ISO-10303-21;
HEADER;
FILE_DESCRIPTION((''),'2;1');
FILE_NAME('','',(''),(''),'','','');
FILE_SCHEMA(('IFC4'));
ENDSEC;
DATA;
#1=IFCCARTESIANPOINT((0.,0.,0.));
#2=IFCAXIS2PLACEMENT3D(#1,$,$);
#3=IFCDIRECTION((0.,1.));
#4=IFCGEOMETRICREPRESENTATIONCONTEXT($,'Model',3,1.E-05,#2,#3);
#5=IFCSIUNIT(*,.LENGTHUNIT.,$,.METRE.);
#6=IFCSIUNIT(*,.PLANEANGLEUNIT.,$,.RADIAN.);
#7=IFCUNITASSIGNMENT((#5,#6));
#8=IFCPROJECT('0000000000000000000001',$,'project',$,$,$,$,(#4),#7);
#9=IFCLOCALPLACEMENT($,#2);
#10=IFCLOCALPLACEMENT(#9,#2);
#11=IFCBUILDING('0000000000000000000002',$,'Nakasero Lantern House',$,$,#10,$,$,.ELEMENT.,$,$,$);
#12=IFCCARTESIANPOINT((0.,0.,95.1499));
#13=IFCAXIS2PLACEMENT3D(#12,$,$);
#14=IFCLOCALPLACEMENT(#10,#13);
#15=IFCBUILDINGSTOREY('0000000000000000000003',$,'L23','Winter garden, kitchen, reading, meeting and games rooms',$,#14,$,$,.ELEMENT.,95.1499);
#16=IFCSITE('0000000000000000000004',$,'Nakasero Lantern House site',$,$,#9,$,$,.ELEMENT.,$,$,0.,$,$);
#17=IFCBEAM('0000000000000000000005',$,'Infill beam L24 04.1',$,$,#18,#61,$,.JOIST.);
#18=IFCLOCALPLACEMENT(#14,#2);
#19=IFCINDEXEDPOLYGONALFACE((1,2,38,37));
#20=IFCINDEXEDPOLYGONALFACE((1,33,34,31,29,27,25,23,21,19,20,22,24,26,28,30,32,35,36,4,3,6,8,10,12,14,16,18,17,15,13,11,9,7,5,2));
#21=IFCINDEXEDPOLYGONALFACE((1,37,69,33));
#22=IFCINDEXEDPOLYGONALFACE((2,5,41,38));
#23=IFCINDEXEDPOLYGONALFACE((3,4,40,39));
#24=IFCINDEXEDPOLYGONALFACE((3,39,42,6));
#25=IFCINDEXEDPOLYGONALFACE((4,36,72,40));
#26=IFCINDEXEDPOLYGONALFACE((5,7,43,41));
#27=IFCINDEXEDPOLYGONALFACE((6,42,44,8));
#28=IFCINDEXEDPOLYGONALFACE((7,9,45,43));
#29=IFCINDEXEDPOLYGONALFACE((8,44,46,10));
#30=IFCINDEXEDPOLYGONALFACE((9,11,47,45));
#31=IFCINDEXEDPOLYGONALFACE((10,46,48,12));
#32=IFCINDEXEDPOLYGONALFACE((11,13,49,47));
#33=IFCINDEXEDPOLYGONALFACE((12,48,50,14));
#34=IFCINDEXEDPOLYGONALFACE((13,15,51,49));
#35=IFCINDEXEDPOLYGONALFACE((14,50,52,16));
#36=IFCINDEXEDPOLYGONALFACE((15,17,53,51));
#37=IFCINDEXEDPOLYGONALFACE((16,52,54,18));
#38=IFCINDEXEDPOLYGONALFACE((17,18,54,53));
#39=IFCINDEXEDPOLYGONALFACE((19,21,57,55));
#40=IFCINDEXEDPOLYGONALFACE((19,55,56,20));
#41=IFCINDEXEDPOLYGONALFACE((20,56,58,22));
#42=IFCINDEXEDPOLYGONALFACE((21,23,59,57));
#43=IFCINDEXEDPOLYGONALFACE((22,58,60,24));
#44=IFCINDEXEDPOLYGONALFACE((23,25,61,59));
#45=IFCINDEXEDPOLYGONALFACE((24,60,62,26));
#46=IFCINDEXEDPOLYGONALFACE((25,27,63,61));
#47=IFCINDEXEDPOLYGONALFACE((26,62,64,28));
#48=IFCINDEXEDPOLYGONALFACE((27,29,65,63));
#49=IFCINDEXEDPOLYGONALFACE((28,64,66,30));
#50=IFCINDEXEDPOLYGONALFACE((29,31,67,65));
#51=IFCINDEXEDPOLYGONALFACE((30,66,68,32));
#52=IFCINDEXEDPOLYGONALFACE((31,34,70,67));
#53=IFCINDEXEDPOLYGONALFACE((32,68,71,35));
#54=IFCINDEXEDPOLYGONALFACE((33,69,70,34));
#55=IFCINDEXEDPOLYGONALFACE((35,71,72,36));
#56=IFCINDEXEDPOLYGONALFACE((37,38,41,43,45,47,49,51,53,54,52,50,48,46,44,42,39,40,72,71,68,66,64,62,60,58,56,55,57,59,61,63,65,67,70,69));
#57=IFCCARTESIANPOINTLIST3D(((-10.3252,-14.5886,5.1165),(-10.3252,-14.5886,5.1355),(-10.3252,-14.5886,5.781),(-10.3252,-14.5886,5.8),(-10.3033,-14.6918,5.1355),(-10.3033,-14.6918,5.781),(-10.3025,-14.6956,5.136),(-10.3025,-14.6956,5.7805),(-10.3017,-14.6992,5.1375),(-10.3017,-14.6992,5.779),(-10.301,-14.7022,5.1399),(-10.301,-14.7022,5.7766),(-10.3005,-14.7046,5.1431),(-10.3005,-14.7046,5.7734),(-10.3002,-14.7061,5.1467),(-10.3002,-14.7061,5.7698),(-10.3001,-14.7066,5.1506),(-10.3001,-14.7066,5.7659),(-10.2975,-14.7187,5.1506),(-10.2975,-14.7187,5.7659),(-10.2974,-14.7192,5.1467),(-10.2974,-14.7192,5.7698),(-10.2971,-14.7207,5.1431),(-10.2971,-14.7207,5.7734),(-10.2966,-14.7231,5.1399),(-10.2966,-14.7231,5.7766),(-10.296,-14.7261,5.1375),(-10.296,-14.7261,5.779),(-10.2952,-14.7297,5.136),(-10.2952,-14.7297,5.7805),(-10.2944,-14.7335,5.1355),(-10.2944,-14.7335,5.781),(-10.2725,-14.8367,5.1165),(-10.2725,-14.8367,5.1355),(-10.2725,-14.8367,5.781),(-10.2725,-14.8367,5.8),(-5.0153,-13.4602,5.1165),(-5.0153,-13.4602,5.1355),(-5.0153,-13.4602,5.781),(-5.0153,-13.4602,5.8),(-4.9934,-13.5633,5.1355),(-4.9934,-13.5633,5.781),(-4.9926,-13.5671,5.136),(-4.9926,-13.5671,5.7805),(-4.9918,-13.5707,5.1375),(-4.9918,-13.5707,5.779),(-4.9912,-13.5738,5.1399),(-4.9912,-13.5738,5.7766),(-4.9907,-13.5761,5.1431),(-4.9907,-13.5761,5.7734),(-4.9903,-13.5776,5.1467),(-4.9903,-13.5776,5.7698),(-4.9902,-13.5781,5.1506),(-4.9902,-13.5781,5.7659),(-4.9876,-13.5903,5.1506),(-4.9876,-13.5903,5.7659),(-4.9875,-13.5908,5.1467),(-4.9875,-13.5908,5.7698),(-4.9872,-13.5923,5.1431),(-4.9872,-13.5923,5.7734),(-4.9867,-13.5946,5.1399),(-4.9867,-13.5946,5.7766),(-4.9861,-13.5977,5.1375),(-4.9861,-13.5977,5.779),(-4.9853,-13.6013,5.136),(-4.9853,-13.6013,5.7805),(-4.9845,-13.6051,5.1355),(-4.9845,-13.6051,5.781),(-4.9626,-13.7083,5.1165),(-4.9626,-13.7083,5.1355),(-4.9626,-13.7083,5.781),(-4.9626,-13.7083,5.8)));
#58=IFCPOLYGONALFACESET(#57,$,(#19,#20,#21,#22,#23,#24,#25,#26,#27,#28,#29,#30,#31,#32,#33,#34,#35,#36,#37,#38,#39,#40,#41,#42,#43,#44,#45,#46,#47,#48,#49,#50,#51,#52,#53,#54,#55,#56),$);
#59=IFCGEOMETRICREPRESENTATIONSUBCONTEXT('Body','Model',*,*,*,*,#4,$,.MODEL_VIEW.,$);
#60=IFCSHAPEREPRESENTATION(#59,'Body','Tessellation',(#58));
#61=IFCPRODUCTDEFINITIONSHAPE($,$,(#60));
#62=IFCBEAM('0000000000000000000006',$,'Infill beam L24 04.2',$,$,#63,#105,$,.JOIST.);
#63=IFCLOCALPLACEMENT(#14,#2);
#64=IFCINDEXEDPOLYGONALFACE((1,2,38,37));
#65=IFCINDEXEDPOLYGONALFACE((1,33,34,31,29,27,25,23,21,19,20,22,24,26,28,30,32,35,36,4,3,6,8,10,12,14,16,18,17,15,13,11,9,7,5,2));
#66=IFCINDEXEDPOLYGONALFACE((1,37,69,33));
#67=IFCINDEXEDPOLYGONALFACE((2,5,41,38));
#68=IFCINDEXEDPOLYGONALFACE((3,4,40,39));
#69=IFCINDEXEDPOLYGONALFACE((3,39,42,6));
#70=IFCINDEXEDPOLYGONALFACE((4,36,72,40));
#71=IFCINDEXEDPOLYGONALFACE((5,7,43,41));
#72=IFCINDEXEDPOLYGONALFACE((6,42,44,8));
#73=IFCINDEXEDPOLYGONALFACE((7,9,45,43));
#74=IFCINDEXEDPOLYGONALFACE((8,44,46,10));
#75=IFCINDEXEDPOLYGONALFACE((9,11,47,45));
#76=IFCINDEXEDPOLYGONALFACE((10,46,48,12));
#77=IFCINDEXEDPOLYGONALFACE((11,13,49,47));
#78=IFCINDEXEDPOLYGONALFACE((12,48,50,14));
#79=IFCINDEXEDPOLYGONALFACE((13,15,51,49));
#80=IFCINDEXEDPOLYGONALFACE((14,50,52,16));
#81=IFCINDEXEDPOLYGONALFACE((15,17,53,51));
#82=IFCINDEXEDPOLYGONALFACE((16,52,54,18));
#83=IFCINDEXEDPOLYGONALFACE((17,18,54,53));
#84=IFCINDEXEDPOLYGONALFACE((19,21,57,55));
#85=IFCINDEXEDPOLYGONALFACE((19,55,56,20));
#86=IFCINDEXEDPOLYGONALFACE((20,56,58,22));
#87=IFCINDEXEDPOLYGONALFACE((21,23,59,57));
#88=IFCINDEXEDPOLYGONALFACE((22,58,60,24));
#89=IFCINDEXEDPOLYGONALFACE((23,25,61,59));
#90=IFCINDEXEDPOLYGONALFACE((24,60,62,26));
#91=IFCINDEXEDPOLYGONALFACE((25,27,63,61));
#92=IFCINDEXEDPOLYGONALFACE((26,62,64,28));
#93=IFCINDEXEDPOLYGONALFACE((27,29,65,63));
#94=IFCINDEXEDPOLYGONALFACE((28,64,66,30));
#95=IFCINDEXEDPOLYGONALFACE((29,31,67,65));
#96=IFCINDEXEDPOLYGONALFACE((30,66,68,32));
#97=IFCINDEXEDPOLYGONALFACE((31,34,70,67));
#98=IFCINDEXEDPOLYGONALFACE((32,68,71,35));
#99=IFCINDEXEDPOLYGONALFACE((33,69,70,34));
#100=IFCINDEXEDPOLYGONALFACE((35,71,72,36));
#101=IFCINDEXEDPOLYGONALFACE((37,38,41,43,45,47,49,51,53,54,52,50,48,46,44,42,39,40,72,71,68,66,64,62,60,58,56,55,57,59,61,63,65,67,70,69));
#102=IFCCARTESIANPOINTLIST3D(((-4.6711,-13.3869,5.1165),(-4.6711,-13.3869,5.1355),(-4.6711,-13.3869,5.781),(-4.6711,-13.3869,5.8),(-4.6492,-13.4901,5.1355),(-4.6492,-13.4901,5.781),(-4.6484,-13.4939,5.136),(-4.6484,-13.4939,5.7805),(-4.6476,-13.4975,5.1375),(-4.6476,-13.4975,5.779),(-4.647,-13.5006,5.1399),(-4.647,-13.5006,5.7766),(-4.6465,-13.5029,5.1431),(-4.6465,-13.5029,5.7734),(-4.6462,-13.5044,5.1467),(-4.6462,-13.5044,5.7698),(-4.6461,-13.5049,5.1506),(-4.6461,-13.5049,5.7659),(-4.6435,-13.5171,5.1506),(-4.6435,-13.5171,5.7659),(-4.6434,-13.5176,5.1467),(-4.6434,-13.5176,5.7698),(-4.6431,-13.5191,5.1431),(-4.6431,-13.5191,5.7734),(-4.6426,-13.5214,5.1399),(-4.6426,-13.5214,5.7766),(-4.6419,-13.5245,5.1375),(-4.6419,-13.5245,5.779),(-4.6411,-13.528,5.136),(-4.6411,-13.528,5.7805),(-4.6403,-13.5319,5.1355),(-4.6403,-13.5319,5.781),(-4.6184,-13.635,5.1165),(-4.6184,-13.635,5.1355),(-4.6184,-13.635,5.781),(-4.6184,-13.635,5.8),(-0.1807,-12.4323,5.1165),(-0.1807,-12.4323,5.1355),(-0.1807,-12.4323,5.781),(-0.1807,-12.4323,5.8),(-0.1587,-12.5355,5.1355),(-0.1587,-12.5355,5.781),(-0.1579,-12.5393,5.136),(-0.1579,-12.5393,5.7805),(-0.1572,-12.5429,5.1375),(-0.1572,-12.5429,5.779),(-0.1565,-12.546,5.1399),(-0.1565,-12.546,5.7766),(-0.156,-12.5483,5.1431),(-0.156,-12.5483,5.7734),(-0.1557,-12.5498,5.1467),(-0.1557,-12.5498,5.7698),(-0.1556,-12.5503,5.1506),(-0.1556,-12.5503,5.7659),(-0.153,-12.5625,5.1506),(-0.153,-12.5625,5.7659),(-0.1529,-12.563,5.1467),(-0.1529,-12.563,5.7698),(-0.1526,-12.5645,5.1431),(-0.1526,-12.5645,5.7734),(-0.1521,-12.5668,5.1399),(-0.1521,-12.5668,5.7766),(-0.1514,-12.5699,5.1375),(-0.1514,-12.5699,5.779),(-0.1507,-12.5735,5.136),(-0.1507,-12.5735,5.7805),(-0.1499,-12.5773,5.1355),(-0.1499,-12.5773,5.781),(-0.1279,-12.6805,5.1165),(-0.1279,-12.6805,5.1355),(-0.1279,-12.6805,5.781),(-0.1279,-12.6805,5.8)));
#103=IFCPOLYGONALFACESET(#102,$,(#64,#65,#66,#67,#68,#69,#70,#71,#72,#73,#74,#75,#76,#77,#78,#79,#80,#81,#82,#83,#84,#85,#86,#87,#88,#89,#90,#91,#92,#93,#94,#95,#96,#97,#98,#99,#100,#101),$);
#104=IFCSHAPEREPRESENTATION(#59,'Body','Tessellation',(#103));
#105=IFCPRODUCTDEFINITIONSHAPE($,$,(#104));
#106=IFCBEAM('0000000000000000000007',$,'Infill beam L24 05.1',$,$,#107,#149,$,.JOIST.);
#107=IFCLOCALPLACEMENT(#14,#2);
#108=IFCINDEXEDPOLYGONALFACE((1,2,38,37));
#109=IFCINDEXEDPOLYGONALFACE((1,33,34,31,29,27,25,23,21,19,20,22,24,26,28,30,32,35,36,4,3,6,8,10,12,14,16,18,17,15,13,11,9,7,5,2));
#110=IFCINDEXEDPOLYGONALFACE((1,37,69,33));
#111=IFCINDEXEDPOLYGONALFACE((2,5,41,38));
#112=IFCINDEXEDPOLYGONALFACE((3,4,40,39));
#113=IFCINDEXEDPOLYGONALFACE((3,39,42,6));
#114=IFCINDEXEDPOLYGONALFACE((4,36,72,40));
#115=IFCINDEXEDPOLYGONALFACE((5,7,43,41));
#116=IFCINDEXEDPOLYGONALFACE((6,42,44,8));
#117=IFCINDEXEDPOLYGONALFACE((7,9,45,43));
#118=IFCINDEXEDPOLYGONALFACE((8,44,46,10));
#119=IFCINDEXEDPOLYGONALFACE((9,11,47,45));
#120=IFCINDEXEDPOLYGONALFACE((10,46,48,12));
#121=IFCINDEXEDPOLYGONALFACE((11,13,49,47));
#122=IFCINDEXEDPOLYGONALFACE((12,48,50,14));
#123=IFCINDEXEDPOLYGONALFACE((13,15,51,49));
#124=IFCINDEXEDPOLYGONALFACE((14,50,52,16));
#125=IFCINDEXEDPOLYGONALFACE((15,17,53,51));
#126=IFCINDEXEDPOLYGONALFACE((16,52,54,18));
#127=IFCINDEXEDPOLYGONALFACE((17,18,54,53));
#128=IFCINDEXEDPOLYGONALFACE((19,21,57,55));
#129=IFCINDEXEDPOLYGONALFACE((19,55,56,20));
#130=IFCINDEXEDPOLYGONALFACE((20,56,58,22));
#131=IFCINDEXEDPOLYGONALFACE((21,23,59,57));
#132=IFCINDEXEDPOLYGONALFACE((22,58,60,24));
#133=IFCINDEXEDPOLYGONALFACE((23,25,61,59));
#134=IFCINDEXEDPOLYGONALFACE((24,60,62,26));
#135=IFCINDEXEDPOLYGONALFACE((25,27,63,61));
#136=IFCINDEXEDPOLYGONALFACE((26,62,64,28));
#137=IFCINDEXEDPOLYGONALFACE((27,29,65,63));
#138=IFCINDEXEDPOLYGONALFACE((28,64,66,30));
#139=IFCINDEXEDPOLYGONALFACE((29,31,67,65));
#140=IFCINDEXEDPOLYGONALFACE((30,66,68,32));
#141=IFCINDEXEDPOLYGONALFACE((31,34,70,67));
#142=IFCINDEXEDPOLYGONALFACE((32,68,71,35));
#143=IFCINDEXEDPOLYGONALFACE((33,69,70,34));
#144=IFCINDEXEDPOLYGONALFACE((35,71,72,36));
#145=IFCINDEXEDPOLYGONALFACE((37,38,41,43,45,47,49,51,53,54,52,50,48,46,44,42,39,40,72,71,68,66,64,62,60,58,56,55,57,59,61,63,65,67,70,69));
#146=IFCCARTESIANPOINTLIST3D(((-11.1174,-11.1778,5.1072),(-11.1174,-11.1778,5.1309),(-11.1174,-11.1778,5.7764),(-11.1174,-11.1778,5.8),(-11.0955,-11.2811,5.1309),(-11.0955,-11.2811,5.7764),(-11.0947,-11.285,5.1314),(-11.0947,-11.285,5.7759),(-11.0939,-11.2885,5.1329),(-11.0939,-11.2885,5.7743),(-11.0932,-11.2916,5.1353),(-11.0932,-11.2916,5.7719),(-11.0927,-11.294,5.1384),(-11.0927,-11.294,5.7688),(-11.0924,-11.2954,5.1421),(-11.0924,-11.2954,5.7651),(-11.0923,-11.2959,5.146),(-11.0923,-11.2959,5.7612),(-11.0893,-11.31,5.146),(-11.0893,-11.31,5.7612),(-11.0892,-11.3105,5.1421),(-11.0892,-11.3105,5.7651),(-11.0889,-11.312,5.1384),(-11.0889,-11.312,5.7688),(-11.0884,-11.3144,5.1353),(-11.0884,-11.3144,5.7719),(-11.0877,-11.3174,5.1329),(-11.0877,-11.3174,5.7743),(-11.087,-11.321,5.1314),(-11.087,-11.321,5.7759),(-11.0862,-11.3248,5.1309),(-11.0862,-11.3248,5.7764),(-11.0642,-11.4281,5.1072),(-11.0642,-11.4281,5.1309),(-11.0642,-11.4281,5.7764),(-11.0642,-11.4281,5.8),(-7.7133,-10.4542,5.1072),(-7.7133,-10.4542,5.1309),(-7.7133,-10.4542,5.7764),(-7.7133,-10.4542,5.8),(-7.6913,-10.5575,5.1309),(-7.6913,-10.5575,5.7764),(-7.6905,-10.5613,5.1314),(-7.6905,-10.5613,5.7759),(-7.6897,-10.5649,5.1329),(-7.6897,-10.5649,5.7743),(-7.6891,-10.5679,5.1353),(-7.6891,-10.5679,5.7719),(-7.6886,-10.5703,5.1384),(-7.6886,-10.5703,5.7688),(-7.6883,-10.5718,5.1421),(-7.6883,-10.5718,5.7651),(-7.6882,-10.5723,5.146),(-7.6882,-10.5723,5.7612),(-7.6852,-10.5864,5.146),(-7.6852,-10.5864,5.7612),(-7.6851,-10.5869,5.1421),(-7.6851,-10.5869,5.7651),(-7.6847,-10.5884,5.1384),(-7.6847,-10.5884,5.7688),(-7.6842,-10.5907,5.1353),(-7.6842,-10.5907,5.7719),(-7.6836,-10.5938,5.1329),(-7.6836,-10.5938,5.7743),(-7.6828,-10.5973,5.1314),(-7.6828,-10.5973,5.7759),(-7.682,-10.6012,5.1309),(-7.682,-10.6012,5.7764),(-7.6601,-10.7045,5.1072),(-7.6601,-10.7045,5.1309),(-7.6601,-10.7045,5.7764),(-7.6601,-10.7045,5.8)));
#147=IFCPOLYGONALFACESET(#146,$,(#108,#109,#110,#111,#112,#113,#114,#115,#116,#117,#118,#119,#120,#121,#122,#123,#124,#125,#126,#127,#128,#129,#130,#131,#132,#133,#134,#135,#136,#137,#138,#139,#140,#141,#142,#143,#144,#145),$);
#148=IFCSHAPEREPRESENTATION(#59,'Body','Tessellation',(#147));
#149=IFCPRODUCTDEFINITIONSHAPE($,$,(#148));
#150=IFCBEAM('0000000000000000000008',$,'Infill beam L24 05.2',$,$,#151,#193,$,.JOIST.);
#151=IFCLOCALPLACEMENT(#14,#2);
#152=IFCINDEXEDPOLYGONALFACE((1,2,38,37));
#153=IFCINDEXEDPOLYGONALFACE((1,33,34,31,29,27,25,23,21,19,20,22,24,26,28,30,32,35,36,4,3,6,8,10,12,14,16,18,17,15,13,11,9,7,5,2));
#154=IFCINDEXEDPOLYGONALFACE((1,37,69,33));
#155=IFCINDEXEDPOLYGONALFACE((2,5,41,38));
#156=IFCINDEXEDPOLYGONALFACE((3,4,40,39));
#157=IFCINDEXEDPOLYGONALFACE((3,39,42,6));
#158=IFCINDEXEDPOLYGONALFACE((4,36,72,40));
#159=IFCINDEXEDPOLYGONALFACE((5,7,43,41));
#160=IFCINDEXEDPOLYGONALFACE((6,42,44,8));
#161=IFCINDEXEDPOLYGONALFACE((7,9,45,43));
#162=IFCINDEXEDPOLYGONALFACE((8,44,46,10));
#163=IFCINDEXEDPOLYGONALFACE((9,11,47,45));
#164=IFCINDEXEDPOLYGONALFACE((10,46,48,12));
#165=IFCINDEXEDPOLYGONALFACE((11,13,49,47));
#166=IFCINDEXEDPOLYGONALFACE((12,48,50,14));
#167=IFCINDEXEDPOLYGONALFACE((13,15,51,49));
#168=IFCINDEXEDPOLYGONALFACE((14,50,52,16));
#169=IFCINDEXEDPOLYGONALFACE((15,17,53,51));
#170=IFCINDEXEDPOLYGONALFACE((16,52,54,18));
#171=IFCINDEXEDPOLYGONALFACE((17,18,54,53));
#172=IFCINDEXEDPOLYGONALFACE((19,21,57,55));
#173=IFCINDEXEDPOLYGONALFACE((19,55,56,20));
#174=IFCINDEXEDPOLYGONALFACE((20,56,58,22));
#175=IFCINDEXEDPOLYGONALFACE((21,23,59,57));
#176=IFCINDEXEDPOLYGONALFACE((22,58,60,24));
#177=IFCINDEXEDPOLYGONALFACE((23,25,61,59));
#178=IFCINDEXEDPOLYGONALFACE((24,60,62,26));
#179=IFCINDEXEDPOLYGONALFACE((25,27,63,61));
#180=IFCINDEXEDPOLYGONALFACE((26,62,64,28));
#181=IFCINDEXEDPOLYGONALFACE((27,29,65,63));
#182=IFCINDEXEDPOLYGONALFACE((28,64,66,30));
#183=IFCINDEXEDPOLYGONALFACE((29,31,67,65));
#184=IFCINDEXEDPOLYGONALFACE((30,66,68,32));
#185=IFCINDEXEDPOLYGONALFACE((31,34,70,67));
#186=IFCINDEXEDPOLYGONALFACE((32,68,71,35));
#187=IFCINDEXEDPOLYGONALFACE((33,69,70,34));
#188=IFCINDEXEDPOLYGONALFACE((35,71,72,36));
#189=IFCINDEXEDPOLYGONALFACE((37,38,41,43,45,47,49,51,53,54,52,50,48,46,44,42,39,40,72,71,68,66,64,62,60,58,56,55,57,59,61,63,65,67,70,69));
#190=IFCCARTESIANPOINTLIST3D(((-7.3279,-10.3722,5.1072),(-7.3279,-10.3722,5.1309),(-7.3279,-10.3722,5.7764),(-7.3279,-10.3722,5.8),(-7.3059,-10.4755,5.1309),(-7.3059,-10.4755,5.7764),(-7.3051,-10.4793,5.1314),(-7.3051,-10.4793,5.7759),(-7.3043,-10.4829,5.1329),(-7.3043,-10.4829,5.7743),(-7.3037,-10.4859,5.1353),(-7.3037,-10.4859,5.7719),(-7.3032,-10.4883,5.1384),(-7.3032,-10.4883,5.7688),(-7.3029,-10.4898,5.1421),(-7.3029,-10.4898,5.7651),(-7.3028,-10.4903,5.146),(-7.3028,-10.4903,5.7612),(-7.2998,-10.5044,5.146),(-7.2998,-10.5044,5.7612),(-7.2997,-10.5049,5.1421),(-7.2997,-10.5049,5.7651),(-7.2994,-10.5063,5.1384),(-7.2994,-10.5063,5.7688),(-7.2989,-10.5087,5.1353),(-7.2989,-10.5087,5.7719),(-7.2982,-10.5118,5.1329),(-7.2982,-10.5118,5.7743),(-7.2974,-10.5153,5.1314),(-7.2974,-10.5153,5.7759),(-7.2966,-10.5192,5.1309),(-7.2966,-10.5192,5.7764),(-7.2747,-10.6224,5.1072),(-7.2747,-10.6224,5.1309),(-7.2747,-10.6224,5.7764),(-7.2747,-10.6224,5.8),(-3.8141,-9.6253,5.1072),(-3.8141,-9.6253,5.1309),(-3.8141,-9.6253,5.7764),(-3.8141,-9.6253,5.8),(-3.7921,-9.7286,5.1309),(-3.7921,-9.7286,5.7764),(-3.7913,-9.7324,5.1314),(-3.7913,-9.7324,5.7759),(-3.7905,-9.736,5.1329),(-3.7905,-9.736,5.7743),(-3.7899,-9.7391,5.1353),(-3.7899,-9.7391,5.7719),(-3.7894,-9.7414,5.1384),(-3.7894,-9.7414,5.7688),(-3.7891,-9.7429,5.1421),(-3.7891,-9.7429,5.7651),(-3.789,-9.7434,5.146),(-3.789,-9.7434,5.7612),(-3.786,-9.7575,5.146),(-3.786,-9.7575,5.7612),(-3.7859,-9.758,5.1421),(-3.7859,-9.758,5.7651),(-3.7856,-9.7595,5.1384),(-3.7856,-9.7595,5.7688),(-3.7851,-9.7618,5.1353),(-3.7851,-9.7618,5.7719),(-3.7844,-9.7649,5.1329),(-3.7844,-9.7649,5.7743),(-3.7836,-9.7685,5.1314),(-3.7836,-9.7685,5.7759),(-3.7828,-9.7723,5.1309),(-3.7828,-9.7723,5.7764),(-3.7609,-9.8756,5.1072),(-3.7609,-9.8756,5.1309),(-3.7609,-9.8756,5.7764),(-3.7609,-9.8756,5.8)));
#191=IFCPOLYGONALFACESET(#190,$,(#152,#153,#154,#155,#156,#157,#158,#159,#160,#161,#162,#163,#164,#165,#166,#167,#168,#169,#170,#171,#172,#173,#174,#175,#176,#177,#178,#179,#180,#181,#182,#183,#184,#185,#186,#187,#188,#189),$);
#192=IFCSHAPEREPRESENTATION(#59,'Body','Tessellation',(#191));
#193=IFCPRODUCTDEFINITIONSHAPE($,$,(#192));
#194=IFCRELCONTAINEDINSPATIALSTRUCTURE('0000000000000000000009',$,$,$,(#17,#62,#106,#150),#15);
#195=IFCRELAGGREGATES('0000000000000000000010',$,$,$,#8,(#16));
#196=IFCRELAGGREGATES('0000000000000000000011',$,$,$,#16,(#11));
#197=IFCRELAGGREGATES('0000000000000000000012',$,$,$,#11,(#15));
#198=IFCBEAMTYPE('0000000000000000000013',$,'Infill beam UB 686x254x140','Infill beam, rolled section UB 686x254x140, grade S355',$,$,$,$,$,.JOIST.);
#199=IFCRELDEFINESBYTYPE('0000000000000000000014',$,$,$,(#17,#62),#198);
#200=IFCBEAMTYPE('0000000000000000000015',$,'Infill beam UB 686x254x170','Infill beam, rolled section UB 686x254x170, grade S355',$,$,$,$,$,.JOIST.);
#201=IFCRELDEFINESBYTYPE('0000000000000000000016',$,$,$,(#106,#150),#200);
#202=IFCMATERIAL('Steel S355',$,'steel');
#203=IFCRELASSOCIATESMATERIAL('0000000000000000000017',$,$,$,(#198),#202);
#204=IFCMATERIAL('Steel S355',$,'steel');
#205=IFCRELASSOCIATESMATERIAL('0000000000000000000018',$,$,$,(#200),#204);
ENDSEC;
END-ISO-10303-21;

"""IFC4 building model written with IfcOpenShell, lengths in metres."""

from ifc_helpers import new_model, si_unit, direction, frame, origin, origin_2d, place, context, subcontext, project, spatial, i_section, extrude, material, material_profile, profile_set, type_object, element, save


model = new_model("IFC4")

# Units and contexts
model_context = context("Model", 3, precision=1e-05, world=origin(), true_north=direction((0.0, 1.0)))
body_context = subcontext(model_context, "Body", "Model", "MODEL_VIEW")
ifc_project = project(units=[si_unit("LENGTHUNIT", "METRE"), si_unit("PLANEANGLEUNIT", "RADIAN")], contexts=[model_context])

# Site, building, storey
site_placement = place(None, origin())
site = spatial("IfcSite", under=ifc_project, at=site_placement, Name="Nakasero Lantern House site", CompositionType="ELEMENT", RefElevation=0.0)
building_placement = place(site_placement, origin())
building = spatial("IfcBuilding", under=site, at=building_placement, Name="Nakasero Lantern House", CompositionType="ELEMENT")
storey_placement = place(building_placement, frame((0.0, 0.0, 95.1499)))
storey = spatial("IfcBuildingStorey", under=building, at=storey_placement, Name="L23", Description="Winter garden, kitchen, reading, meeting and games rooms", CompositionType="ELEMENT", Elevation=95.1499)

# Beams
ifc_material_1 = material(Name="Steel S355", Category="steel")
ifc_material_profile_1 = material_profile(ifc_material_1, i_section(OverallWidth=0.2537, OverallDepth=0.6836, WebThickness=0.0125, FlangeThickness=0.019, FilletRadius=0.0151, at=origin_2d()), Name="UB 686x254x140")
ifc_profile_set_1 = profile_set([ifc_material_profile_1], Name="Steel S355")
beam_type_1 = type_object("IfcBeamType", Name="Infill beam UB 686x254x140", Description="Infill beam, rolled section UB 686x254x140, grade S355", PredefinedType="JOIST", material=ifc_profile_set_1)
beam_1_placement = place(storey_placement, frame((-10.2988, -14.7126, 5.4583), z_axis=(0.978156, 0.207873, 0.0), x_axis=(-0.207873, 0.978156, 0.0)))
element("IfcBeam", 1, at=beam_1_placement, inside=storey, type_object=beam_type_1, Name="Infill beam L24 04.1", PredefinedType="JOIST", context=body_context, shape_type="SweptSolid", body=[
    extrude(i_section(OverallWidth=0.2537, OverallDepth=0.6836, WebThickness=0.0125, FlangeThickness=0.019, FilletRadius=0.0151, at=origin_2d()), origin(), (0.0, 0.0, 1.0), 5.4285),
])
beam_2_placement = place(storey_placement, frame((-4.6448, -13.511, 5.4583), z_axis=(0.978143, 0.207934, 0.0), x_axis=(-0.207934, 0.978143, 0.0)))
element("IfcBeam", 2, at=beam_2_placement, inside=storey, type_object=beam_type_1, Name="Infill beam L24 04.2", PredefinedType="JOIST", context=body_context, shape_type="SweptSolid", body=[
    extrude(i_section(OverallWidth=0.2537, OverallDepth=0.6836, WebThickness=0.0125, FlangeThickness=0.019, FilletRadius=0.0151, at=origin_2d()), origin(), (0.0, 0.0, 1.0), 4.5908),
])
ifc_material_2 = material(Name="Steel S355", Category="steel")
ifc_material_profile_2 = material_profile(ifc_material_2, i_section(OverallWidth=0.2559, OverallDepth=0.6929, WebThickness=0.0144, FlangeThickness=0.0237, FilletRadius=0.0151, at=origin_2d()), Name="UB 686x254x170")
ifc_profile_set_2 = profile_set([ifc_material_profile_2], Name="Steel S355")
beam_type_2 = type_object("IfcBeamType", Name="Infill beam UB 686x254x170", Description="Infill beam, rolled section UB 686x254x170, grade S355", PredefinedType="JOIST", material=ifc_profile_set_2)
beam_3_placement = place(storey_placement, frame((-11.0908, -11.303, 5.4536), z_axis=(0.978143, 0.207933, 0.0), x_axis=(-0.207933, 0.978143, 0.0)))
element("IfcBeam", 3, at=beam_3_placement, inside=storey, type_object=beam_type_2, Name="Infill beam L24 05.1", PredefinedType="JOIST", context=body_context, shape_type="SweptSolid", body=[
    extrude(i_section(OverallWidth=0.2559, OverallDepth=0.6929, WebThickness=0.0144, FlangeThickness=0.0237, FilletRadius=0.0151, at=origin_2d()), origin(), (0.0, 0.0, 1.0), 3.4802),
])
beam_4_placement = place(storey_placement, frame((-7.3013, -10.4973, 5.4536), z_axis=(0.978149, 0.207904, 0.0), x_axis=(-0.207904, 0.978149, 0.0)))
element("IfcBeam", 4, at=beam_4_placement, inside=storey, type_object=beam_type_2, Name="Infill beam L24 05.2", PredefinedType="JOIST", context=body_context, shape_type="SweptSolid", body=[
    extrude(i_section(OverallWidth=0.2559, OverallDepth=0.6929, WebThickness=0.0144, FlangeThickness=0.0237, FilletRadius=0.0151, at=origin_2d()), origin(), (0.0, 0.0, 1.0), 3.5923),
])

save(model, "model.ifc")
